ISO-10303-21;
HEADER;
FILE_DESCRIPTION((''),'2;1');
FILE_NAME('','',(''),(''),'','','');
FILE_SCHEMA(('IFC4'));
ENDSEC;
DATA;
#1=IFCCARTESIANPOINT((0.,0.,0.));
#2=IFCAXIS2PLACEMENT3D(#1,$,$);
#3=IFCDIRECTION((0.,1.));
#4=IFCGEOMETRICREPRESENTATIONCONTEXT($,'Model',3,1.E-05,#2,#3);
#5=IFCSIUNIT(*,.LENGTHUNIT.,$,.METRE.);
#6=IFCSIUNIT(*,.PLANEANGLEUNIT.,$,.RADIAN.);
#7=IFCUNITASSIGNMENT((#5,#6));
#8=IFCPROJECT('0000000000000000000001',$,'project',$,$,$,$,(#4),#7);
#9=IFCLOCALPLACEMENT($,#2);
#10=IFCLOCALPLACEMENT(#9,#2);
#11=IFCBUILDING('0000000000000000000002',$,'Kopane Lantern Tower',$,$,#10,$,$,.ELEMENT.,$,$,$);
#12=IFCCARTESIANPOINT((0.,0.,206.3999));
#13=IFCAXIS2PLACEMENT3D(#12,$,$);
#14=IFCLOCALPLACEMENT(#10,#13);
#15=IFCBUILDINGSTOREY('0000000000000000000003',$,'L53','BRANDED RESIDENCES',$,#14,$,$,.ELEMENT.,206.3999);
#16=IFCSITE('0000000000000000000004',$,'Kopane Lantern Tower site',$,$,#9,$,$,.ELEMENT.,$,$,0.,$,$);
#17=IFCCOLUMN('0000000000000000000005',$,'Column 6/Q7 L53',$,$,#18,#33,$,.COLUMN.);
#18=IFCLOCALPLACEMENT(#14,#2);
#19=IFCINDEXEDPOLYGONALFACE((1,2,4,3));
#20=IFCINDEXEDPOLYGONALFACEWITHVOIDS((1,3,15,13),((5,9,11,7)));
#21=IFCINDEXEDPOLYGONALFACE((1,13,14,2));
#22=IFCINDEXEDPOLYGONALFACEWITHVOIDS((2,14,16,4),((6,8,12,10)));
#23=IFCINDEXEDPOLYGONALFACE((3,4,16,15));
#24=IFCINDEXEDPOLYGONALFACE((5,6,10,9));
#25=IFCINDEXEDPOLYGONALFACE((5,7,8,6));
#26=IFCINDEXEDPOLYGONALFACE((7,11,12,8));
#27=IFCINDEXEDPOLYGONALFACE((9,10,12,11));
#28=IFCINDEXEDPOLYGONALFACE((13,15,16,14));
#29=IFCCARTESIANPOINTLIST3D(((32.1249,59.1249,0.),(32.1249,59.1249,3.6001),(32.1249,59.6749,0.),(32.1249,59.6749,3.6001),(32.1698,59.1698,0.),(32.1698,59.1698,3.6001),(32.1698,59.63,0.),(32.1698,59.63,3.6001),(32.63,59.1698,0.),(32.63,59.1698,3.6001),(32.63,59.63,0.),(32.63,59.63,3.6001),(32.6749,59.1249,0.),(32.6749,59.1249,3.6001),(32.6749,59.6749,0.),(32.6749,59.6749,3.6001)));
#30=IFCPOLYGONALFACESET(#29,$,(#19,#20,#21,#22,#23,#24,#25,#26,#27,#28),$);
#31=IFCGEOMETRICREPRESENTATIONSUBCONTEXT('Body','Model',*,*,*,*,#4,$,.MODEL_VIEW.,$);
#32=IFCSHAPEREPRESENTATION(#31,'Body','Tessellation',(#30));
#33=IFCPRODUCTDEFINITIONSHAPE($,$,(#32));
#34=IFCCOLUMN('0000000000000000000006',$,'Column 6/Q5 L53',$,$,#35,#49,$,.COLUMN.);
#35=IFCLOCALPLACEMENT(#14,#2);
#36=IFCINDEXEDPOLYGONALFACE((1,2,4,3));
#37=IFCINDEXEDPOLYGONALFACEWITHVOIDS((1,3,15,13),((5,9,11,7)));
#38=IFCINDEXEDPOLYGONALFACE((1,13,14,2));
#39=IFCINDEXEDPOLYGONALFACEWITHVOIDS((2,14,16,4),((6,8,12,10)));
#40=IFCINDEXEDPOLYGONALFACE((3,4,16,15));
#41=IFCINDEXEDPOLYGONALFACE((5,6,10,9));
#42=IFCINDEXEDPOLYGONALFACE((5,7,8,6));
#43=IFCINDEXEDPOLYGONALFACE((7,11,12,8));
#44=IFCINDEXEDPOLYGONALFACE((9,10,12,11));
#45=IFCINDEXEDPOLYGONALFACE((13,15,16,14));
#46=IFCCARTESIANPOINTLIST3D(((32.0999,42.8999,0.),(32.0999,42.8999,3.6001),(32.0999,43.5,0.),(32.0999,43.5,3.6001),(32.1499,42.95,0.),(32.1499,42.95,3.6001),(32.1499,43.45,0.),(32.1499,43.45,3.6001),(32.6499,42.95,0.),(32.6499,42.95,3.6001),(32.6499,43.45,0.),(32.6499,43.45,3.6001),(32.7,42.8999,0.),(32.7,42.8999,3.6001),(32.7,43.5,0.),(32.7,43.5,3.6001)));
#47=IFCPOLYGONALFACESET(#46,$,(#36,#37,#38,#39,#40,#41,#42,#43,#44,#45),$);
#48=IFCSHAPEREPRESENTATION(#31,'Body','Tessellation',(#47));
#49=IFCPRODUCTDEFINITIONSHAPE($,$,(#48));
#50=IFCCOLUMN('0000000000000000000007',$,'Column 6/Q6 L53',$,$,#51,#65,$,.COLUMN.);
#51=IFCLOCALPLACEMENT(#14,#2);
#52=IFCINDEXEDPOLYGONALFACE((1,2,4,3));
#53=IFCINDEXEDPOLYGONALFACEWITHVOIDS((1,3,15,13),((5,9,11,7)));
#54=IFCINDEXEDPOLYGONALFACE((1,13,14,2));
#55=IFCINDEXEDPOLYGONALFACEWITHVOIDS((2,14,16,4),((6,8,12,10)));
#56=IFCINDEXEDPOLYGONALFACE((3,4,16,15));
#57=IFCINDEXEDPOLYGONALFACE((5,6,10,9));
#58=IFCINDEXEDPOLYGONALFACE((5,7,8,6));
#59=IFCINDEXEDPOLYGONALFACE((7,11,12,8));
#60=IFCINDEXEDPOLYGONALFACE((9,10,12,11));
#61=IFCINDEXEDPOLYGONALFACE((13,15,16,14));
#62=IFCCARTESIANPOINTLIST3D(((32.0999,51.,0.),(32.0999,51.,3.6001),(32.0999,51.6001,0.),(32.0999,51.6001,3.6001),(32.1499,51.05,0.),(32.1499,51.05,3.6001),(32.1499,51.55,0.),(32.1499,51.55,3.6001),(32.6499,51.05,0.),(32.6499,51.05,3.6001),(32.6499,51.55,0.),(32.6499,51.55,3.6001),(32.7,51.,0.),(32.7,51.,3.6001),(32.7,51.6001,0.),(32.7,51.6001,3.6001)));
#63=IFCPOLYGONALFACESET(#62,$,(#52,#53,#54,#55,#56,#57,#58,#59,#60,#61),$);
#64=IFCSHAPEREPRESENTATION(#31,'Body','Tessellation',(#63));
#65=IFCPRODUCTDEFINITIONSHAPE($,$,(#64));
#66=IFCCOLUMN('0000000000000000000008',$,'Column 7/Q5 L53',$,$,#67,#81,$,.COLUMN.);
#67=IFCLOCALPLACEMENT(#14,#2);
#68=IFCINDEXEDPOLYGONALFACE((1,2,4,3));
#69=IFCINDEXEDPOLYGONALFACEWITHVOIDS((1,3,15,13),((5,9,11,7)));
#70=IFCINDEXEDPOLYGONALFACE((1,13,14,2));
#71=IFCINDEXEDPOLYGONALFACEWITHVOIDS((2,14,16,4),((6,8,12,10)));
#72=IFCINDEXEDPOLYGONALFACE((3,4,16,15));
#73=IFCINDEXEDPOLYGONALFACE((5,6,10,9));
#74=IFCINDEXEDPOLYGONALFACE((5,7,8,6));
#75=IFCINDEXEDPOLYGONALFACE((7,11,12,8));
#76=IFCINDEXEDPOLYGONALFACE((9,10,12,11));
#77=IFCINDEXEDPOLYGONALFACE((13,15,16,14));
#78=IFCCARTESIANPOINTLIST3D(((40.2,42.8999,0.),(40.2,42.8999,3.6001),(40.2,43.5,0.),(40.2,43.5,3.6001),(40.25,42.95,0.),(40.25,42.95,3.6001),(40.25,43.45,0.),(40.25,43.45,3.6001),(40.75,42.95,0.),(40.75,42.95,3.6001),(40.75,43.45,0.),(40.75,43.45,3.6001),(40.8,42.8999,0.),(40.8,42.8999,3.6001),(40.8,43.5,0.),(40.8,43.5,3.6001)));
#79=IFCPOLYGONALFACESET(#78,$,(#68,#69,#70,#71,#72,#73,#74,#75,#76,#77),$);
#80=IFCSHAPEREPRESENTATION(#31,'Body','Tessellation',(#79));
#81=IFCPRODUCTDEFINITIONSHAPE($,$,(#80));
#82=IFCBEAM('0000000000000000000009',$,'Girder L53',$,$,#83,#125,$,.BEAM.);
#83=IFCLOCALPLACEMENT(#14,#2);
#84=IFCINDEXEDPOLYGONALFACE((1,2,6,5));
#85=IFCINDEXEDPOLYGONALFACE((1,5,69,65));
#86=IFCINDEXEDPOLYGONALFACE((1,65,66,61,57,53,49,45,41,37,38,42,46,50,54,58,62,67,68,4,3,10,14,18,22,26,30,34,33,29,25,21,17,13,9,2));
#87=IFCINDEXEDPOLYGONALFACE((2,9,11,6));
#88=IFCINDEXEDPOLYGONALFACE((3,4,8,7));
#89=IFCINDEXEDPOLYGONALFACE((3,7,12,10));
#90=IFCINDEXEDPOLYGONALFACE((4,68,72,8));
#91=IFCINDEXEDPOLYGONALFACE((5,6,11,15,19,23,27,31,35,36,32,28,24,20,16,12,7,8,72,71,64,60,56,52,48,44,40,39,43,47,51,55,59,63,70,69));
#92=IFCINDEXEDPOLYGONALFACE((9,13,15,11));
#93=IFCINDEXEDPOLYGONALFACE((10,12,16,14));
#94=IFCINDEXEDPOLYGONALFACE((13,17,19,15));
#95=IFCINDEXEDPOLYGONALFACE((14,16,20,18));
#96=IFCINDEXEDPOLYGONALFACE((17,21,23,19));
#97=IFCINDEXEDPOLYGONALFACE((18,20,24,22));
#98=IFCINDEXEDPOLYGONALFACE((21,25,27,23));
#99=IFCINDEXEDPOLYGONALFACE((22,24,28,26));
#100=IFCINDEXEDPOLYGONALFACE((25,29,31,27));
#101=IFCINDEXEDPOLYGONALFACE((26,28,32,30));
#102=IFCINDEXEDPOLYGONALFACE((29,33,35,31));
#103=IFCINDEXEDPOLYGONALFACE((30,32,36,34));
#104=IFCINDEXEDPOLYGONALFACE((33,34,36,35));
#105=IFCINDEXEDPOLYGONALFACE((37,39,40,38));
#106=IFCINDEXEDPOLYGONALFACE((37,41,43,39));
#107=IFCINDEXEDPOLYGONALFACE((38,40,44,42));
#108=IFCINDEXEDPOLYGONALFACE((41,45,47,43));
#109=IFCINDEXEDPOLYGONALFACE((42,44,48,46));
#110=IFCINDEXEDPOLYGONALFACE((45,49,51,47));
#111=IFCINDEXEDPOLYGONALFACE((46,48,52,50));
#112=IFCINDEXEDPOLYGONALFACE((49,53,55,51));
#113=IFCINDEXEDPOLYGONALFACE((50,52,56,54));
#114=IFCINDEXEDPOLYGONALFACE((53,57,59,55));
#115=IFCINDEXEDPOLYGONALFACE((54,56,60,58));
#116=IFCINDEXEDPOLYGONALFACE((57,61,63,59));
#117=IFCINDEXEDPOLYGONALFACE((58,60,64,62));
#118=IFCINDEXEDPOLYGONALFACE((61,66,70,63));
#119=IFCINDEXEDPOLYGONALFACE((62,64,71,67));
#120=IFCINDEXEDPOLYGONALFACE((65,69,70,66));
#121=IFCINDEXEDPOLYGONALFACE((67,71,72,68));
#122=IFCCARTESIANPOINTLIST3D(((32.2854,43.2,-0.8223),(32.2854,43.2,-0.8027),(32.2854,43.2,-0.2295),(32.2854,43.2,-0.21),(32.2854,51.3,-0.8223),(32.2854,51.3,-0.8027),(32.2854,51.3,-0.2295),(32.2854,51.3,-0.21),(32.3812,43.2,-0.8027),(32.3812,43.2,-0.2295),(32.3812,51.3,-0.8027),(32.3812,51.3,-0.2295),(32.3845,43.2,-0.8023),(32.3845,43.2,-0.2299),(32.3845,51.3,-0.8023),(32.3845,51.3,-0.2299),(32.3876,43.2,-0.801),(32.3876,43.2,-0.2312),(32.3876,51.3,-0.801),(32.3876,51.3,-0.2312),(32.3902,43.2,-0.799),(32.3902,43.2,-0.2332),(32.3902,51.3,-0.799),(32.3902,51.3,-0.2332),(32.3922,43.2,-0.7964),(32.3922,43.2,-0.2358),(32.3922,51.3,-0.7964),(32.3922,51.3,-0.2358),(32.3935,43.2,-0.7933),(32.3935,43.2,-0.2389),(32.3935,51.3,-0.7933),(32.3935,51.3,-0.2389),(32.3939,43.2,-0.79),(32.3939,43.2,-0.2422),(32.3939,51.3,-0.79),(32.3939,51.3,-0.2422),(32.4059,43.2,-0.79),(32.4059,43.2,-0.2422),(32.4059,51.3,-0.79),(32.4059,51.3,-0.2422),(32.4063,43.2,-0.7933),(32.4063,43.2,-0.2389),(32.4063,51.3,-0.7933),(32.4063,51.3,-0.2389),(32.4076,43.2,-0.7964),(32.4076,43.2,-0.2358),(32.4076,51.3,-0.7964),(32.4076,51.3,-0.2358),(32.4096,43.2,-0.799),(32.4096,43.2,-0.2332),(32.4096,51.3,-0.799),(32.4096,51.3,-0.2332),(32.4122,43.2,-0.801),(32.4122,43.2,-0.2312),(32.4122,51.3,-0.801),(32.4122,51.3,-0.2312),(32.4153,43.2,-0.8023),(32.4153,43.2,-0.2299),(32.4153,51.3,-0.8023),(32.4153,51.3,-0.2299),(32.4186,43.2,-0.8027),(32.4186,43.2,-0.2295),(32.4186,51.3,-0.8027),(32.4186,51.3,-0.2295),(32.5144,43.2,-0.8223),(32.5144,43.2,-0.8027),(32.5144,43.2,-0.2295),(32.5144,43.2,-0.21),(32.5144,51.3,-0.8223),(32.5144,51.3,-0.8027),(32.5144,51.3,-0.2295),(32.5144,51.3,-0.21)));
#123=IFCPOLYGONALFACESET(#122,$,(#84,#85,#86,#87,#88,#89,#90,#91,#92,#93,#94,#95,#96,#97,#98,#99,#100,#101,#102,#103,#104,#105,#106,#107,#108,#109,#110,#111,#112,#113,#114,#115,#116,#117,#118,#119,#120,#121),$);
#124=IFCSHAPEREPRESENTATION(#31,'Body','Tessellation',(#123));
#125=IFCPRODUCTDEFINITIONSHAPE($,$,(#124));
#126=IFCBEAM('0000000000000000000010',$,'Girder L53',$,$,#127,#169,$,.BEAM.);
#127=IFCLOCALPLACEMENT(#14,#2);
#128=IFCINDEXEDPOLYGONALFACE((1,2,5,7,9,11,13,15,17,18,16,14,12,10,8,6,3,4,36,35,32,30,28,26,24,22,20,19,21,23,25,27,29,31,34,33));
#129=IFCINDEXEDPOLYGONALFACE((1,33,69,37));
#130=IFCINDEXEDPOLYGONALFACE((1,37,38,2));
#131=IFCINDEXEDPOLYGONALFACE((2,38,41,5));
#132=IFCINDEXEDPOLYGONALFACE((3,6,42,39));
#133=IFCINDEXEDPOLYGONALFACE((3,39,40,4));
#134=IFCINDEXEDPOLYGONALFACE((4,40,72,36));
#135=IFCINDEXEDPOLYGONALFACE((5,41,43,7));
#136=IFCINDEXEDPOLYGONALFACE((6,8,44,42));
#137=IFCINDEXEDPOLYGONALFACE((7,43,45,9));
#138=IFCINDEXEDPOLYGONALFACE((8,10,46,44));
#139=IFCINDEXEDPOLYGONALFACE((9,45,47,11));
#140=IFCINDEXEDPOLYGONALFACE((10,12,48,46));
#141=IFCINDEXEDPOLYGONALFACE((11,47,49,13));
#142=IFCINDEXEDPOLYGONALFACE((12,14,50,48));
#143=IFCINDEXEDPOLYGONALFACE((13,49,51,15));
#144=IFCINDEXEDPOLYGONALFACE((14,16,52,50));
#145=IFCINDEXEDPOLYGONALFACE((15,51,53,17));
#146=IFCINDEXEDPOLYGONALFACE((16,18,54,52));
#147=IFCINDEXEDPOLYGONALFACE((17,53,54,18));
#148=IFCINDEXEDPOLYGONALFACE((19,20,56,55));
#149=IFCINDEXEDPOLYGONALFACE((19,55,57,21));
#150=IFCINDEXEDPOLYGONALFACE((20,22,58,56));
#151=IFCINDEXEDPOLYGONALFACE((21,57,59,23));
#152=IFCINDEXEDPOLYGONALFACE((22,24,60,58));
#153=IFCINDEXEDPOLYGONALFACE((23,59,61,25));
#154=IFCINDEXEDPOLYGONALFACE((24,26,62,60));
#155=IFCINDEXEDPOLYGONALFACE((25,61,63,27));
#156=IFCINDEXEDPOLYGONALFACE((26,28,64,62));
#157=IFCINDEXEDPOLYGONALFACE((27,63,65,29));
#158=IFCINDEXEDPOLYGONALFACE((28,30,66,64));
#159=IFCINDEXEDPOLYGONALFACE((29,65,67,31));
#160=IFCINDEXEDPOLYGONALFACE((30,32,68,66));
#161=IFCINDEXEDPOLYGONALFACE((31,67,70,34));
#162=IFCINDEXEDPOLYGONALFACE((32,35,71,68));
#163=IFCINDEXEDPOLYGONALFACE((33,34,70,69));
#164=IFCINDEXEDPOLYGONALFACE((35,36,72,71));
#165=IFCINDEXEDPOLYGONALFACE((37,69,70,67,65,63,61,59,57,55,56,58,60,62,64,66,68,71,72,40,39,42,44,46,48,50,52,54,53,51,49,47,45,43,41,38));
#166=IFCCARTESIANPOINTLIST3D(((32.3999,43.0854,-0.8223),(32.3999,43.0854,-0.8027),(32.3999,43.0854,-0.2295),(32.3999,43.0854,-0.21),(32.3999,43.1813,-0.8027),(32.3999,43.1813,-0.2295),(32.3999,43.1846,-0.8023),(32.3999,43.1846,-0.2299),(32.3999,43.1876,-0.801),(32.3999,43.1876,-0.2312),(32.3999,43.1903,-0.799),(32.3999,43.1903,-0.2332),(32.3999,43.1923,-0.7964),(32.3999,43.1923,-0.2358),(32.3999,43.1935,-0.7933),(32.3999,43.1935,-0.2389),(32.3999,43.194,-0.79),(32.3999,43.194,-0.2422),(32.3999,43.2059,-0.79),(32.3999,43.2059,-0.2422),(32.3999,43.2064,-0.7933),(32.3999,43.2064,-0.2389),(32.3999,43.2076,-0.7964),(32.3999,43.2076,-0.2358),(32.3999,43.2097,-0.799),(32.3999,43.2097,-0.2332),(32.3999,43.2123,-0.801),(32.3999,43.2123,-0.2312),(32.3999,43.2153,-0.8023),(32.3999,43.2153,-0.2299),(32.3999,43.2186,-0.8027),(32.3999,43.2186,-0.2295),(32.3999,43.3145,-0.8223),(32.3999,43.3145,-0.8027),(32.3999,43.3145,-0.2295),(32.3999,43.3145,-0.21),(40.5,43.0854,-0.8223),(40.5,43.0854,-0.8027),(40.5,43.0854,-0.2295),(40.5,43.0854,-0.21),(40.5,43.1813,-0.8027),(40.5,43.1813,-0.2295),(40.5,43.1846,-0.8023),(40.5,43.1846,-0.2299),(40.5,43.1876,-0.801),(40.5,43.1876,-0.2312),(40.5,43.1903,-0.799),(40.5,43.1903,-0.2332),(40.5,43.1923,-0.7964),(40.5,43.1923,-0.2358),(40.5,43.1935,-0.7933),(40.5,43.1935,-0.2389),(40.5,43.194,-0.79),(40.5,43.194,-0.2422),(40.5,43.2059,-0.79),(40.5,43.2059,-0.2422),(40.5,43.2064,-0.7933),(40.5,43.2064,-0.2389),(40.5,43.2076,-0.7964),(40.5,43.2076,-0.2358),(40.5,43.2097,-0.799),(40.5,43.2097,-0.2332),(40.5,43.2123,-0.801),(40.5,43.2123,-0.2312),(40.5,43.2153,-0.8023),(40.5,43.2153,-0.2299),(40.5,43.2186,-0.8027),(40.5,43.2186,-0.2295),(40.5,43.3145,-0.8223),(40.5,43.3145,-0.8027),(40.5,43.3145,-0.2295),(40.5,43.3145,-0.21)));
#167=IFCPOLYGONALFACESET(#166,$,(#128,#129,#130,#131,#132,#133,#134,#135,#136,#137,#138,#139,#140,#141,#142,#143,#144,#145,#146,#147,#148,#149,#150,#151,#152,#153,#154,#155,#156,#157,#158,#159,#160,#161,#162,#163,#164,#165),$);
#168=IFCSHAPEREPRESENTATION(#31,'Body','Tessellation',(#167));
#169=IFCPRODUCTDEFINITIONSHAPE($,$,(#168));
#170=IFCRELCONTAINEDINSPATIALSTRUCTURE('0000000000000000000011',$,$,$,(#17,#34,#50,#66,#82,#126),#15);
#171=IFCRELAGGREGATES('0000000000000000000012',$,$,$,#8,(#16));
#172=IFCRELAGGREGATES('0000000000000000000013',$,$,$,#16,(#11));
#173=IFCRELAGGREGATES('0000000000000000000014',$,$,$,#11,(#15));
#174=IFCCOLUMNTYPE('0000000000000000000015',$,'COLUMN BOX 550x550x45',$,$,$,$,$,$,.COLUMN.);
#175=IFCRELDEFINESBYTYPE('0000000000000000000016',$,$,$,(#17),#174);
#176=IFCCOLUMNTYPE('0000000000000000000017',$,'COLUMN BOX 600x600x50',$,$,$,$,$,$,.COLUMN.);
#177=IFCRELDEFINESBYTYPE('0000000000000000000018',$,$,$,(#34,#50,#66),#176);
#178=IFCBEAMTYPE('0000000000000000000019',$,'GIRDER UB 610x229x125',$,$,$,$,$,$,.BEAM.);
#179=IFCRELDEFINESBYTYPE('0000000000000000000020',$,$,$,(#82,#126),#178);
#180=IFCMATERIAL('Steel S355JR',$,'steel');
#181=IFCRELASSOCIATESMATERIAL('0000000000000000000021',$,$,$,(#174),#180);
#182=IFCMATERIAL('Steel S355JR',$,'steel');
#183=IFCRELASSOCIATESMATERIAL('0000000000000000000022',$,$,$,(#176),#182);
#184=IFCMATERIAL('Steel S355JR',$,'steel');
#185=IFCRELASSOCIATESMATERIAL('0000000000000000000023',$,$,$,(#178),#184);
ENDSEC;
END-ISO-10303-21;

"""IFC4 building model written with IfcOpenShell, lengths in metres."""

from ifc_helpers import new_model, si_unit, direction, frame, origin, origin_2d, place, context, subcontext, project, spatial, hollow_rectangle, i_section, extrude, material, material_profile, profile_set, type_object, element, save


model = new_model("IFC4")

# Units and contexts
model_context = context("Model", 3, precision=1e-05, world=origin(), true_north=direction((0.0, 1.0)))
body_context = subcontext(model_context, "Body", "Model", "MODEL_VIEW")
ifc_project = project(units=[si_unit("LENGTHUNIT", "METRE"), si_unit("PLANEANGLEUNIT", "RADIAN")], contexts=[model_context])

# Site, building, storey
site_placement = place(None, origin())
site = spatial("IfcSite", under=ifc_project, at=site_placement, Name="Kopane Lantern Tower site", CompositionType="ELEMENT", RefElevation=0.0)
building_placement = place(site_placement, origin())
building = spatial("IfcBuilding", under=site, at=building_placement, Name="Kopane Lantern Tower", CompositionType="ELEMENT")
storey_placement = place(building_placement, frame((0.0, 0.0, 206.3999)))
storey = spatial("IfcBuildingStorey", under=building, at=storey_placement, Name="L53", Description="BRANDED RESIDENCES", CompositionType="ELEMENT", Elevation=206.3999)

# Columns
ifc_material_1 = material(Name="Steel S355JR", Category="steel")
ifc_material_profile_1 = material_profile(ifc_material_1, hollow_rectangle(XDim=0.55, YDim=0.55, WallThickness=0.0449, at=origin_2d()), Name="BOX 550x550x45")
ifc_profile_set_1 = profile_set([ifc_material_profile_1], Name="Steel S355JR")
column_type_1 = type_object("IfcColumnType", Name="COLUMN BOX 550x550x45", PredefinedType="COLUMN", material=ifc_profile_set_1)
column_placement = place(storey_placement, frame((32.3999, 59.3999, 0.0), z_axis=(0.0, 0.0, 1.0), x_axis=(1.0, 0.0, 0.0)))
element("IfcColumn", 1, at=column_placement, inside=storey, type_object=column_type_1, Name="Column 6/Q7 L53", PredefinedType="COLUMN", context=body_context, shape_type="SweptSolid", body=[
    extrude(hollow_rectangle(XDim=0.55, YDim=0.55, WallThickness=0.0449, at=origin_2d()), origin(), (0.0, 0.0, 1.0), 3.6001),
])
ifc_material_2 = material(Name="Steel S355JR", Category="steel")
ifc_material_profile_2 = material_profile(ifc_material_2, hollow_rectangle(XDim=0.6001, YDim=0.6001, WallThickness=0.05, at=origin_2d()), Name="BOX 600x600x50")
ifc_profile_set_2 = profile_set([ifc_material_profile_2], Name="Steel S355JR")
column_type_2 = type_object("IfcColumnType", Name="COLUMN BOX 600x600x50", PredefinedType="COLUMN", material=ifc_profile_set_2)
for number, where, z_axis, x_axis, name in (
    (2, (32.3999, 43.2, 0.0), (0.0, 0.0, 1.0), (1.0, 0.0, 0.0), "Column 6/Q5 L53"),
    (3, (32.3999, 51.3, 0.0), (0.0, 0.0, 1.0), (1.0, 0.0, 0.0), "Column 6/Q6 L53"),
    (4, (40.5, 43.2, 0.0), (0.0, 0.0, 1.0), (1.0, 0.0, 0.0), "Column 7/Q5 L53"),
):
    element("IfcColumn", number, at=place(storey_placement, frame(where, z_axis=z_axis, x_axis=x_axis)), inside=storey, type_object=column_type_2, Name=name, PredefinedType="COLUMN", context=body_context, shape_type="SweptSolid", body=[
        extrude(hollow_rectangle(XDim=0.6001, YDim=0.6001, WallThickness=0.05, at=origin_2d()), origin(), (0.0, 0.0, 1.0), 3.6001),
    ])

# Beams
ifc_material_3 = material(Name="Steel S355JR", Category="steel")
ifc_material_profile_3 = material_profile(ifc_material_3, i_section(OverallWidth=0.229, OverallDepth=0.6123, WebThickness=0.012, FlangeThickness=0.0195, FilletRadius=0.0127, at=origin_2d()), Name="UB 610x229x125")
ifc_profile_set_3 = profile_set([ifc_material_profile_3], Name="Steel S355JR")
beam_type = type_object("IfcBeamType", Name="GIRDER UB 610x229x125", PredefinedType="BEAM", material=ifc_profile_set_3)
for number, where, z_axis, x_axis, name in (
    (5, (32.3999, 43.2, -0.5161), (0.0, 1.0, 0.0), (-1.0, 0.0, 0.0), "Girder L53"),
    (6, (32.3999, 43.2, -0.5161), (1.0, 0.0, 0.0), (0.0, 1.0, 0.0), "Girder L53"),
):
    element("IfcBeam", number, at=place(storey_placement, frame(where, z_axis=z_axis, x_axis=x_axis)), inside=storey, type_object=beam_type, Name=name, PredefinedType="BEAM", context=body_context, shape_type="SweptSolid", body=[
        extrude(i_section(OverallWidth=0.229, OverallDepth=0.6123, WebThickness=0.012, FlangeThickness=0.0195, FilletRadius=0.0127, at=origin_2d()), origin(), (0.0, 0.0, 1.0), 8.1001),
    ])

save(model, "model.ifc")
